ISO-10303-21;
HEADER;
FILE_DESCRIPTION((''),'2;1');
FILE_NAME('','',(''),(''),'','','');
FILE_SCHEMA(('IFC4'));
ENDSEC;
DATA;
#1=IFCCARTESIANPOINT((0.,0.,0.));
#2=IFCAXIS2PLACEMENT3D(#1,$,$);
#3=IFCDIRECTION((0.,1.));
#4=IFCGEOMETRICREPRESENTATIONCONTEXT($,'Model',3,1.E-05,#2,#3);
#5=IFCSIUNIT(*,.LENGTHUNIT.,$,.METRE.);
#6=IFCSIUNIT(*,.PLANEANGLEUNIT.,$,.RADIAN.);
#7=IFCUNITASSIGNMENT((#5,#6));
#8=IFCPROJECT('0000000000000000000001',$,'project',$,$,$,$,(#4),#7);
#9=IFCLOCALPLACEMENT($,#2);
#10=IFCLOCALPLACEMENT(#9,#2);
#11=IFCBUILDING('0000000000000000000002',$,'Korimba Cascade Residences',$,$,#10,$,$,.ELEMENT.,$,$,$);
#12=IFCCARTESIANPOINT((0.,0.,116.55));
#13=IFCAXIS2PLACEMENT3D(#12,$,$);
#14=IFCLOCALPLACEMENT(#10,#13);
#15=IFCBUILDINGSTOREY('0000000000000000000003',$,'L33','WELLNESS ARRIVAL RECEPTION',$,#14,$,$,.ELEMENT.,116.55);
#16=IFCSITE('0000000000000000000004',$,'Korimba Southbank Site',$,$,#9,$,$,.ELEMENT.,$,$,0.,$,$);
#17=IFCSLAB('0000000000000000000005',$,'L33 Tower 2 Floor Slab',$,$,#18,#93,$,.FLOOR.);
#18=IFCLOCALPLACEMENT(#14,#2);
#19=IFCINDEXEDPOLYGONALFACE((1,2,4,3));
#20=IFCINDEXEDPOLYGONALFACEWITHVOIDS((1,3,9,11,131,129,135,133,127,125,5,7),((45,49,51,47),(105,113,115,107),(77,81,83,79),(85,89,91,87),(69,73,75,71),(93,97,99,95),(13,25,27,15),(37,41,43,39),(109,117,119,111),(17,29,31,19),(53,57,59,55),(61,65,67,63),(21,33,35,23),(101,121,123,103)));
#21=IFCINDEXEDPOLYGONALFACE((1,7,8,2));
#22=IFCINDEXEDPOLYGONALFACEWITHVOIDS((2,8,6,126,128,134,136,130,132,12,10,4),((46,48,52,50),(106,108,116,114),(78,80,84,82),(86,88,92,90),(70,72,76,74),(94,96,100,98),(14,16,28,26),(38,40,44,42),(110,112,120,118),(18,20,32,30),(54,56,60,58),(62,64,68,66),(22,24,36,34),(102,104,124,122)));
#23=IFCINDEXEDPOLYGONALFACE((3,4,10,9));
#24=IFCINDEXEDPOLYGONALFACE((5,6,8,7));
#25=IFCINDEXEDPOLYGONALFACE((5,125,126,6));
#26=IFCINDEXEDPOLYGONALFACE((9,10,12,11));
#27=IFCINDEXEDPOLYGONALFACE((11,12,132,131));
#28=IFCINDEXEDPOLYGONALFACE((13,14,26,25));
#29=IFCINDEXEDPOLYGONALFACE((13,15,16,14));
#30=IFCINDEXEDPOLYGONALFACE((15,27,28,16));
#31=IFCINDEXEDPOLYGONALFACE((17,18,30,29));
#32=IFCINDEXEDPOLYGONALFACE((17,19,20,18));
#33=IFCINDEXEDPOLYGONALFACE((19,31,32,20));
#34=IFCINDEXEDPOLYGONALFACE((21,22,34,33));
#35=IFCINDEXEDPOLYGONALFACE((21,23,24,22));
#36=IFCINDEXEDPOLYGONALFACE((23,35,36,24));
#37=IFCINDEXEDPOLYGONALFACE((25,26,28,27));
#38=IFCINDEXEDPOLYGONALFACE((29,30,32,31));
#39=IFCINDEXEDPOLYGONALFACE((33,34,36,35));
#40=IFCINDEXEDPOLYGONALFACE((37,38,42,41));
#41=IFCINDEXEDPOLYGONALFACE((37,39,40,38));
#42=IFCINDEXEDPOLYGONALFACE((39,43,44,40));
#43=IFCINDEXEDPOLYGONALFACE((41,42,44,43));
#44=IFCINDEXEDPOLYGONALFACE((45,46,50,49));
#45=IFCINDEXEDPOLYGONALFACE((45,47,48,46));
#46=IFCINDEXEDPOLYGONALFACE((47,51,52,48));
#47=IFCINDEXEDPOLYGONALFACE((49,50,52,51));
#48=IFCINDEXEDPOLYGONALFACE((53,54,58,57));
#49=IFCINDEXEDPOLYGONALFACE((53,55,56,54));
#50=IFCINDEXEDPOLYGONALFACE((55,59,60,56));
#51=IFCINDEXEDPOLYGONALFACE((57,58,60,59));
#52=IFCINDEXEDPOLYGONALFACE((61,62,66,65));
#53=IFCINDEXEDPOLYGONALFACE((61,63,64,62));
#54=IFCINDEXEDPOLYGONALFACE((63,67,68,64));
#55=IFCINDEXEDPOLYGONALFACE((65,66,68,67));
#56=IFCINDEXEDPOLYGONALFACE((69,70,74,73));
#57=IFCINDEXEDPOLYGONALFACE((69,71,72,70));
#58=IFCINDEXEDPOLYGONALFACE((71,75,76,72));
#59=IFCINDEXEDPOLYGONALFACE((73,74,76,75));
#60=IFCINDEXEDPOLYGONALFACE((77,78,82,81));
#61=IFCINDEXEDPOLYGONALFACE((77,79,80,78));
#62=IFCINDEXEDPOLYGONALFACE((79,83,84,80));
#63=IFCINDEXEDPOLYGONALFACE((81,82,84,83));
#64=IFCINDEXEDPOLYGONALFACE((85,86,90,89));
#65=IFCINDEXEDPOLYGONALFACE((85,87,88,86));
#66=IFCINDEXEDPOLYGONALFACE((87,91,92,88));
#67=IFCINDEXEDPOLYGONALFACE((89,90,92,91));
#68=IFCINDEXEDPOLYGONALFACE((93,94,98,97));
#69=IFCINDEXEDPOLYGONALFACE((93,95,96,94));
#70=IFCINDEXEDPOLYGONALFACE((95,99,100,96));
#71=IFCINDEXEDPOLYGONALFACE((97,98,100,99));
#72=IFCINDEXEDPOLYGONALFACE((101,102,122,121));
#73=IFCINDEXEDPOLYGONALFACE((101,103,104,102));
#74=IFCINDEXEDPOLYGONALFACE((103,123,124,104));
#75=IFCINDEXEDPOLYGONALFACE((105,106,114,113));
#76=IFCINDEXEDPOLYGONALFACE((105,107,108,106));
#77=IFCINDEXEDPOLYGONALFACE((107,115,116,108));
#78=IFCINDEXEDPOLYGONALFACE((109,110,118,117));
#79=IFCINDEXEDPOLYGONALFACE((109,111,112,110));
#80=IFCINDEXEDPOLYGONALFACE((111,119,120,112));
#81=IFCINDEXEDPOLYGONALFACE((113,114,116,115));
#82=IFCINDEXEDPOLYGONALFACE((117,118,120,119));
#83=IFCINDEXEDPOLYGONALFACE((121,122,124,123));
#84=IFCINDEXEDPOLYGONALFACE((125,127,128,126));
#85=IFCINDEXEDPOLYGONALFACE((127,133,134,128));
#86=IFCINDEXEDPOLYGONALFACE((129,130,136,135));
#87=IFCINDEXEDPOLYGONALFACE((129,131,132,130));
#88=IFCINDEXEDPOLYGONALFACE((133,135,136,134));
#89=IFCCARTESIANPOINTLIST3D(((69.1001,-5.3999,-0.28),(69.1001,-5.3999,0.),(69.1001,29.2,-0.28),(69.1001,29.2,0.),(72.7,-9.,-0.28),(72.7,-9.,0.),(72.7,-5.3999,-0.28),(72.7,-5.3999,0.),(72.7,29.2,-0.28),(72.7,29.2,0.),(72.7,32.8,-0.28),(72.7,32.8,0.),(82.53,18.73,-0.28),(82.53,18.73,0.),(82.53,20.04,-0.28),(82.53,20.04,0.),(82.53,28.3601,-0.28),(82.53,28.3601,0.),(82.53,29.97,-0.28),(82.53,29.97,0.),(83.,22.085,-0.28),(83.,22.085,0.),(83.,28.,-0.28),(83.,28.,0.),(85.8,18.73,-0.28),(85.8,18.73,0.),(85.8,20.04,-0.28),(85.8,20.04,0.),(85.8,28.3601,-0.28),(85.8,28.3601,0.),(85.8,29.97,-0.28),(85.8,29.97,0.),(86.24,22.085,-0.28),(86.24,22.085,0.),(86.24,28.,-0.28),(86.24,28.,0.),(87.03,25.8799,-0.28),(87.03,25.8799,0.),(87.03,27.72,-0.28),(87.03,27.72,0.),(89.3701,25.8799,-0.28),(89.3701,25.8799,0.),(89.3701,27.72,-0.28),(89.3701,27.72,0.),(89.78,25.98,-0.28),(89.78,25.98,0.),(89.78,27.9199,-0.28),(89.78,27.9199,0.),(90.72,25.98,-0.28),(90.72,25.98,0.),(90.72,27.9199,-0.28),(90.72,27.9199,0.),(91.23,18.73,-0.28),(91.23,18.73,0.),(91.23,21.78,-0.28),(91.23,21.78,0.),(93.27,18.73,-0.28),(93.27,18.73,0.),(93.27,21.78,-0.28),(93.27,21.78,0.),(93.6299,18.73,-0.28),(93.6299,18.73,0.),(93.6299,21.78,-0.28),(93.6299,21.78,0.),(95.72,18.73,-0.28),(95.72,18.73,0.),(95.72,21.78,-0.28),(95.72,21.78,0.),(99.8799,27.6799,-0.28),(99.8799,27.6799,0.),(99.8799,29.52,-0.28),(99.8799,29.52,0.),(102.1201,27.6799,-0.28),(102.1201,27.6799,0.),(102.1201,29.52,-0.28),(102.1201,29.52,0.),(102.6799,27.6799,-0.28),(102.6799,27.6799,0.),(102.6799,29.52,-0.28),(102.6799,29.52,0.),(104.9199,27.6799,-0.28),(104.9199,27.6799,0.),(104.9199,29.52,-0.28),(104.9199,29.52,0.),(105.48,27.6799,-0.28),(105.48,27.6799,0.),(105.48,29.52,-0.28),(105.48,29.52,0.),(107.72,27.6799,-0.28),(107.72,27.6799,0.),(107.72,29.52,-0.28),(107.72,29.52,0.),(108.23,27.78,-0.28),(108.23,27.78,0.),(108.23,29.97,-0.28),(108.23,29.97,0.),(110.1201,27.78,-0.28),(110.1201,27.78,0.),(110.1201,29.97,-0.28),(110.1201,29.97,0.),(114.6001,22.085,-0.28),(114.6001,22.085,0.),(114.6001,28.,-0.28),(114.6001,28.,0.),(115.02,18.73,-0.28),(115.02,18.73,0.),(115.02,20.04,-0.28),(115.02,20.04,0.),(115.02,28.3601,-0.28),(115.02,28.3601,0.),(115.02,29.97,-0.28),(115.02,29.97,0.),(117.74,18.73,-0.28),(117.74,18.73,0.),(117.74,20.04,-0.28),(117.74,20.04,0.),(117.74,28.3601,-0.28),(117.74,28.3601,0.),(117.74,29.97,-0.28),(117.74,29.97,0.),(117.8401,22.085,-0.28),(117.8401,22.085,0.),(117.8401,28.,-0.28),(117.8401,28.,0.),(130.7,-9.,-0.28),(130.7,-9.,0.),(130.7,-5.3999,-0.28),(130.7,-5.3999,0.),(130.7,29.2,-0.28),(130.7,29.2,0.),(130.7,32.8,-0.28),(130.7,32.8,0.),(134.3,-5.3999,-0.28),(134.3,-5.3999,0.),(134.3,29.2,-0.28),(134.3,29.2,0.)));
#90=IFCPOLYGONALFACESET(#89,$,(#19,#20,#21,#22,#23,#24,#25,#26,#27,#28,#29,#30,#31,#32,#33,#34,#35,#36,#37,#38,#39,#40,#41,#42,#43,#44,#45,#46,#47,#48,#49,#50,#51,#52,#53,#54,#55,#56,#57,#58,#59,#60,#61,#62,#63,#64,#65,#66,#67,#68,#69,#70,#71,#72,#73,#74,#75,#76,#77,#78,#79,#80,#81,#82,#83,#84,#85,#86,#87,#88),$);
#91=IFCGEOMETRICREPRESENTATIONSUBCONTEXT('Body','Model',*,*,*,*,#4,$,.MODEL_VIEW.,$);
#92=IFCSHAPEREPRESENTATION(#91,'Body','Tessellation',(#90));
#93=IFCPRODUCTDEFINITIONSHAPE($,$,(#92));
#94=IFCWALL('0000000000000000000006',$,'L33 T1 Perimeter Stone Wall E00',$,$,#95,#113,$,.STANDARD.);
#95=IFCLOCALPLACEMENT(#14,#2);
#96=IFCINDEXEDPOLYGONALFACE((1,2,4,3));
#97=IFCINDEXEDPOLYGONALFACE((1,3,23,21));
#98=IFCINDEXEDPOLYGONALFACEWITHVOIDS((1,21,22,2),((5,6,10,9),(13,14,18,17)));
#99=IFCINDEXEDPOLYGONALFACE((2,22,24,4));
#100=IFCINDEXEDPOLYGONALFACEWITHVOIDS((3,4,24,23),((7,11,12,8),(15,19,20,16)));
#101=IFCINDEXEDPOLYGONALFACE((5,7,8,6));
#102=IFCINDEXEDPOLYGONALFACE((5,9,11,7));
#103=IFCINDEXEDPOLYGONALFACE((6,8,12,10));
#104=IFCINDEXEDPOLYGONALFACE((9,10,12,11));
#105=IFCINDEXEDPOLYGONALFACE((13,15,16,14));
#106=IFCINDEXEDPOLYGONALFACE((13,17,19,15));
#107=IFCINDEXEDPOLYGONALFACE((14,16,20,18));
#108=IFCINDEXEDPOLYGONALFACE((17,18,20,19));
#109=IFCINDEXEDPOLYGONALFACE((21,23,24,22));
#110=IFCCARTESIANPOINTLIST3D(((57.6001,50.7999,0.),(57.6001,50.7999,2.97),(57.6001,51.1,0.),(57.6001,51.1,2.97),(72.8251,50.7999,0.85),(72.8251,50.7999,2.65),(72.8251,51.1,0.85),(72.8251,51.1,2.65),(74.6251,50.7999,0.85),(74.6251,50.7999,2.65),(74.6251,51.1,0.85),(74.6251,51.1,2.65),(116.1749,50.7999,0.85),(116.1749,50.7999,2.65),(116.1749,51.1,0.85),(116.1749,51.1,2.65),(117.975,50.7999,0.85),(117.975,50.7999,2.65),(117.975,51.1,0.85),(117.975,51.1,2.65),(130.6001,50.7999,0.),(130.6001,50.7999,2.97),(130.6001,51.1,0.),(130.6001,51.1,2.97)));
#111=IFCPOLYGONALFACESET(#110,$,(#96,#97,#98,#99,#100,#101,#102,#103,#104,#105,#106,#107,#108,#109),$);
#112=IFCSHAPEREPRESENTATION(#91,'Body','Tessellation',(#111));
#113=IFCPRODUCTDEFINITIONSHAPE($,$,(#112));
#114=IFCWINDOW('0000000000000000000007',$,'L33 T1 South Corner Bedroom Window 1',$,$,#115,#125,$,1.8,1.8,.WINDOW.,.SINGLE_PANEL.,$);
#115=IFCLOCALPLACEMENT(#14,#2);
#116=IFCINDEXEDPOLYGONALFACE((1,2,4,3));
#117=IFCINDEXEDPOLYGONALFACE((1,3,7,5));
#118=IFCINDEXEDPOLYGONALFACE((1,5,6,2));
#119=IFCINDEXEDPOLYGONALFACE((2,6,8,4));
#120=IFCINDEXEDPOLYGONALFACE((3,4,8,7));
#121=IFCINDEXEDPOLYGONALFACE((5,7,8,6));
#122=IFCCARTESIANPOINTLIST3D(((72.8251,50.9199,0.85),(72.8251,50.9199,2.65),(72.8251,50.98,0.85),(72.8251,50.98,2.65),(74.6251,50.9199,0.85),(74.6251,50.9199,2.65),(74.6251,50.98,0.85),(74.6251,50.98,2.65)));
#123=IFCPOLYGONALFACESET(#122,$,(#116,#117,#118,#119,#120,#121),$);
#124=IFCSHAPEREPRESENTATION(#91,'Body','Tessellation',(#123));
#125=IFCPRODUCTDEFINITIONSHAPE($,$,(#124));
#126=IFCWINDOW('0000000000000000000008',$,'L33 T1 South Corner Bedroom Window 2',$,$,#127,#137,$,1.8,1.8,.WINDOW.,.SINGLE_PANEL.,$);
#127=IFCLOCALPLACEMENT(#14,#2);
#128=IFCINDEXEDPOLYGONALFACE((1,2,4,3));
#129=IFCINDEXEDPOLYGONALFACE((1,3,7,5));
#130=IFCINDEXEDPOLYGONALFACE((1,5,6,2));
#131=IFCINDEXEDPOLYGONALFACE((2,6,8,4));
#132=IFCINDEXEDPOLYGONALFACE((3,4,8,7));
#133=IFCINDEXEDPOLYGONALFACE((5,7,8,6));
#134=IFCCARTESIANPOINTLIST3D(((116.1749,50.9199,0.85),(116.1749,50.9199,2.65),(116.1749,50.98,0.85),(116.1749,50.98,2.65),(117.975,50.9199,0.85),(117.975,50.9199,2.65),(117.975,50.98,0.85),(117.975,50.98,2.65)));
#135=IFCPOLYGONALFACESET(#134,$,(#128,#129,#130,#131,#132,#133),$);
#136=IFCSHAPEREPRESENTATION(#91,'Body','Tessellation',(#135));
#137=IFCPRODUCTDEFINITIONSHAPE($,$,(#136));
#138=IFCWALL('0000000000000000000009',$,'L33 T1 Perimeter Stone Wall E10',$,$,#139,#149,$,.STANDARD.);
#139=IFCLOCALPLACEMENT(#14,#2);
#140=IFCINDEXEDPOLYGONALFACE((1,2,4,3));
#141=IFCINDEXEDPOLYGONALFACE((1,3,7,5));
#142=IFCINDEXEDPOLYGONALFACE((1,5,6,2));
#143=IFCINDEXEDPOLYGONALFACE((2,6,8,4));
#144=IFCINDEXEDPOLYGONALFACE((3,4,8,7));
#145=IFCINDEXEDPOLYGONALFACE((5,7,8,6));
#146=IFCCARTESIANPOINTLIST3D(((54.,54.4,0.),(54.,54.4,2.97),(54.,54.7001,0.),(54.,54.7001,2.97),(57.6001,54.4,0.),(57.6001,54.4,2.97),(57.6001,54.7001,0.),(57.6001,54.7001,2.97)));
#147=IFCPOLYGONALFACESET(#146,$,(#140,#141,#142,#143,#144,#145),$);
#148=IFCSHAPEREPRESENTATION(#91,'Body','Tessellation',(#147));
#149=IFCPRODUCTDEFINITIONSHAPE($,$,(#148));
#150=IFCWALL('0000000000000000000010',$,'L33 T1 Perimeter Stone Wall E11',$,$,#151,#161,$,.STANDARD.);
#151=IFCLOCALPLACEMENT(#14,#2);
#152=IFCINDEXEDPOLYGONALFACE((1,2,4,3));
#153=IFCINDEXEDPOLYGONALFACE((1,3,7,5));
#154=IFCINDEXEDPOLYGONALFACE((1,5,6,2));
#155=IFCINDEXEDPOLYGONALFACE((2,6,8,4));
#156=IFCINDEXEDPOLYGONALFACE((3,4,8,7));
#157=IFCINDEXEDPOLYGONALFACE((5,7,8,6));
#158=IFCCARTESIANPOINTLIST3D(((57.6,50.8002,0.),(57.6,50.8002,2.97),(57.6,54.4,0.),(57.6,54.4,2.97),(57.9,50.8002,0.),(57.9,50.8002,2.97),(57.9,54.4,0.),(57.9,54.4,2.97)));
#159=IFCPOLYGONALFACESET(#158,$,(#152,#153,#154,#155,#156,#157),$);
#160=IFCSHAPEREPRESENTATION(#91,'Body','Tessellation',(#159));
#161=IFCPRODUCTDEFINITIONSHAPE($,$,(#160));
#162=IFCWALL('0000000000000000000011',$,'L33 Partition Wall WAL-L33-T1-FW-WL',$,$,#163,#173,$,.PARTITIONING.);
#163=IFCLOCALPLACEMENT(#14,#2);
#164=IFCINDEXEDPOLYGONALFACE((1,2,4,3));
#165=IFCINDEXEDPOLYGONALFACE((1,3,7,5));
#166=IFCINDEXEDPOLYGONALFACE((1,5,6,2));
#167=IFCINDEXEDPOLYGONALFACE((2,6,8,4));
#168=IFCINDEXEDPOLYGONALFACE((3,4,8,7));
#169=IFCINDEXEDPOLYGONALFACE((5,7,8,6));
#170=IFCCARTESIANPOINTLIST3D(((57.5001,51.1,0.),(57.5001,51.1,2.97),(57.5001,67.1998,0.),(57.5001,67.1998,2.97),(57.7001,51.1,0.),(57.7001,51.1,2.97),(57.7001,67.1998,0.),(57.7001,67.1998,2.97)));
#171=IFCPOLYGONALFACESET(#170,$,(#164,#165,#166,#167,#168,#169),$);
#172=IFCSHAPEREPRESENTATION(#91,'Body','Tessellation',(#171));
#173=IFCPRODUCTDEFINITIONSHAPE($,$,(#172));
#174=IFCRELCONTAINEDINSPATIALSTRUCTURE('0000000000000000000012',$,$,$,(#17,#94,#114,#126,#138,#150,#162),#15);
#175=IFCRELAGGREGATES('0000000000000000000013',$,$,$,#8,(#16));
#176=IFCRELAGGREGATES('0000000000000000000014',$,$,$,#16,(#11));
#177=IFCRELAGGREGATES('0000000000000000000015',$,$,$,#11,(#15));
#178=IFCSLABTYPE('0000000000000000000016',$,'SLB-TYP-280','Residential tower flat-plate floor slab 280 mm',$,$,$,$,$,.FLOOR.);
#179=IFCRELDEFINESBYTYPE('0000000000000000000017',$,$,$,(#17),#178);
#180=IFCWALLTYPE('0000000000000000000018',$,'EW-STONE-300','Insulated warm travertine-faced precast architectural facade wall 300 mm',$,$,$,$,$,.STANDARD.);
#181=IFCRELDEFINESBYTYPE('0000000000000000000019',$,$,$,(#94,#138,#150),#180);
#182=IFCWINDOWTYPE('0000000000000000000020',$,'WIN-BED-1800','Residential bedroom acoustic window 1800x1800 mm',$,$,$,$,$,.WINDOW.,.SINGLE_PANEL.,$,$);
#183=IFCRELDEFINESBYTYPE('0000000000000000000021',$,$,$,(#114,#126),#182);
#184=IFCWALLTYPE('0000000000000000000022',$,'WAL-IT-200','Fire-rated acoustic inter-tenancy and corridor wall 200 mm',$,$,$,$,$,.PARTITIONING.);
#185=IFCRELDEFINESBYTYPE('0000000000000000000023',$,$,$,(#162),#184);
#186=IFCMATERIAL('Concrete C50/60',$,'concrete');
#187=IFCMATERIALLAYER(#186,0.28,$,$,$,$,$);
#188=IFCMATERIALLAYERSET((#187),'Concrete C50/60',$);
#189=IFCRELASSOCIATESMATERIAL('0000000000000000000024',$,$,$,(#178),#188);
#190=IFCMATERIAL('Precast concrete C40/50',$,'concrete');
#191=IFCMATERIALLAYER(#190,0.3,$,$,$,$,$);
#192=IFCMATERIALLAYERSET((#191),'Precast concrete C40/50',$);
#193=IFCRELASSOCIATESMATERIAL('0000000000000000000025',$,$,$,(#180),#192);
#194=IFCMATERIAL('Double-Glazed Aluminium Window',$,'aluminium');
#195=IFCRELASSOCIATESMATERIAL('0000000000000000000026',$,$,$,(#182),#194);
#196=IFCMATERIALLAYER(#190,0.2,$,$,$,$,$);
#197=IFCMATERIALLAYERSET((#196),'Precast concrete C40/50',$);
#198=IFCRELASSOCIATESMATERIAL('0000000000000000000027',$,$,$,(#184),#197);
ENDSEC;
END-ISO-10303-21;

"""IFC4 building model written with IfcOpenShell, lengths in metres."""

from ifc_helpers import new_model, si_unit, direction, frame, frame_2d, origin, place, context, subcontext, project, spatial, polyline, rectangle, outline, extrude, material, layer, layer_set, type_object, element, fill, save


model = new_model("IFC4")

# Units and contexts
model_context = context("Model", 3, precision=1e-05, world=origin(), true_north=direction((0.0, 1.0)))
body_context = subcontext(model_context, "Body", "Model", "MODEL_VIEW")
ifc_project = project(units=[si_unit("LENGTHUNIT", "METRE"), si_unit("PLANEANGLEUNIT", "RADIAN")], contexts=[model_context])

# Site, building, storey
site_placement = place(None, origin())
site = spatial("IfcSite", under=ifc_project, at=site_placement, Name="Korimba Southbank Site", CompositionType="ELEMENT", RefElevation=0.0)
building_placement = place(site_placement, origin())
building = spatial("IfcBuilding", under=site, at=building_placement, Name="Korimba Cascade Residences", CompositionType="ELEMENT")
storey_placement = place(building_placement, frame((0.0, 0.0, 116.55)))
storey = spatial("IfcBuildingStorey", under=building, at=storey_placement, Name="L33", Description="WELLNESS ARRIVAL RECEPTION", CompositionType="ELEMENT", Elevation=116.55)

# Shared definitions
ifc_material_1 = material(Name="Concrete C50/60", Category="concrete")

# Slab
ifc_material_2 = material(Name="Precast concrete C40/50", Category="concrete")
ifc_layer_1 = layer(ifc_material_1, 0.28)
ifc_layer_set_1 = layer_set([ifc_layer_1], Name="Concrete C50/60")
slab_type_1 = type_object("IfcSlabType", Name="SLB-TYP-280", Description="Residential tower flat-plate floor slab 280 mm", PredefinedType="FLOOR", material=ifc_layer_set_1)
slab_1_placement = place(storey_placement, frame((0.0, 0.0, -0.28)))
element("IfcSlab", 1, at=slab_1_placement, inside=storey, type_object=slab_type_1, Name="L33 Tower 2 Floor Slab", PredefinedType="FLOOR", context=body_context, shape_type="SweptSolid", body=[
    extrude(outline(polyline([(72.7, -9.0), (130.7, -9.0), (130.7, -5.3999), (134.3, -5.3999), (134.3, 29.2), (130.7, 29.2), (130.7, 32.8), (72.7, 32.8), (72.7, 29.2), (69.1001, 29.2), (69.1001, -5.3999), (72.7, -5.3999), (72.7, -9.0)]), holes=[polyline([(86.24, 22.085), (86.24, 28.0), (83.0, 28.0), (83.0, 22.085), (86.24, 22.085)]), polyline([(117.8401, 22.085), (117.8401, 28.0), (114.6001, 28.0), (114.6001, 22.085), (117.8401, 22.085)]), polyline([(87.03, 25.8799), (89.3701, 25.8799), (89.3701, 27.72), (87.03, 27.72), (87.03, 25.8799)]), polyline([(99.8799, 27.6799), (102.1201, 27.6799), (102.1201, 29.52), (99.8799, 29.52), (99.8799, 27.6799)]), polyline([(102.6799, 27.6799), (104.9199, 27.6799), (104.9199, 29.52), (102.6799, 29.52), (102.6799, 27.6799)]), polyline([(105.48, 27.6799), (107.72, 27.6799), (107.72, 29.52), (105.48, 29.52), (105.48, 27.6799)]), polyline([(89.78, 25.98), (90.72, 25.98), (90.72, 27.9199), (89.78, 27.9199), (89.78, 25.98)]), polyline([(82.53, 18.73), (85.8, 18.73), (85.8, 20.04), (82.53, 20.04), (82.53, 18.73)]), polyline([(82.53, 28.3601), (85.8, 28.3601), (85.8, 29.97), (82.53, 29.97), (82.53, 28.3601)]), polyline([(108.23, 27.78), (110.1201, 27.78), (110.1201, 29.97), (108.23, 29.97), (108.23, 27.78)]), polyline([(91.23, 18.73), (93.27, 18.73), (93.27, 21.78), (91.23, 21.78), (91.23, 18.73)]), polyline([(93.6299, 18.73), (95.72, 18.73), (95.72, 21.78), (93.6299, 21.78), (93.6299, 18.73)]), polyline([(115.02, 18.73), (117.74, 18.73), (117.74, 20.04), (115.02, 20.04), (115.02, 18.73)]), polyline([(115.02, 28.3601), (117.74, 28.3601), (117.74, 29.97), (115.02, 29.97), (115.02, 28.3601)])]), origin(), (0.0, 0.0, 1.0), 0.28),
])

# Wall, openings, windows
ifc_layer_2 = layer(ifc_material_2, 0.3)
ifc_layer_set_2 = layer_set([ifc_layer_2], Name="Precast concrete C40/50")
wall_type_1 = type_object("IfcWallType", Name="EW-STONE-300", Description="Insulated warm travertine-faced precast architectural facade wall 300 mm", PredefinedType="STANDARD", material=ifc_layer_set_2)
wall_1_placement = place(storey_placement, frame((57.6001, 50.95, 0.0), z_axis=(0.0, 0.0, 1.0), x_axis=(1.0, 0.0, 0.0)))
wall_1 = element("IfcWall", 2, at=wall_1_placement, inside=storey, type_object=wall_type_1, Name="L33 T1 Perimeter Stone Wall E00", PredefinedType="STANDARD", context=body_context, shape_type="SweptSolid", body=[
    extrude(rectangle(XDim=73.0, YDim=0.3, at=frame_2d((36.5, 0.0))), origin(), (0.0, 0.0, 1.0), 2.97),
])
opening_1_placement = place(wall_1_placement, frame((15.2251, 0.0, 0.8501)))
opening_1 = element("IfcOpeningElement", 3, at=opening_1_placement, cuts=wall_1, PredefinedType="OPENING", context=body_context, shape_type="SweptSolid", body=[
    extrude(rectangle(XDim=1.8, YDim=1.8, at=frame_2d((0.8999, 0.8999))), frame((0.0, 0.1602, 0.0), z_axis=(0.0, -1.0, 0.0), x_axis=(1.0, 0.0, 0.0)), (0.0, 0.0, 1.0), 0.3201),
])
opening_2_placement = place(wall_1_placement, frame((58.575, 0.0, 0.8501)))
opening_2 = element("IfcOpeningElement", 4, at=opening_2_placement, cuts=wall_1, PredefinedType="OPENING", context=body_context, shape_type="SweptSolid", body=[
    extrude(rectangle(XDim=1.8, YDim=1.8, at=frame_2d((0.8999, 0.8999))), frame((0.0, 0.1602, 0.0), z_axis=(0.0, -1.0, 0.0), x_axis=(1.0, 0.0, 0.0)), (0.0, 0.0, 1.0), 0.3201),
])
ifc_material_3 = material(Name="Double-Glazed Aluminium Window", Category="aluminium")
window_type = type_object("IfcWindowType", Name="WIN-BED-1800", Description="Residential bedroom acoustic window 1800x1800 mm", PartitioningType="SINGLE_PANEL", PredefinedType="WINDOW", material=ifc_material_3)
window_1_placement = place(opening_1_placement, origin())
window_1 = element("IfcWindow", 5, at=window_1_placement, inside=storey, type_object=window_type, Name="L33 T1 South Corner Bedroom Window 1", OverallHeight=1.8, OverallWidth=1.8, PartitioningType="SINGLE_PANEL", PredefinedType="WINDOW", context=body_context, shape_type="SweptSolid", body=[
    extrude(rectangle(XDim=1.8, YDim=1.8, at=frame_2d((0.8999, 0.8999))), frame((0.0, 0.03, 0.0), z_axis=(0.0, -1.0, 0.0), x_axis=(1.0, 0.0, 0.0)), (0.0, 0.0, 1.0), 0.0601),
])
fill(opening_1, window_1)
window_2_placement = place(opening_2_placement, origin())
window_2 = element("IfcWindow", 6, at=window_2_placement, inside=storey, type_object=window_type, Name="L33 T1 South Corner Bedroom Window 2", OverallHeight=1.8, OverallWidth=1.8, PartitioningType="SINGLE_PANEL", PredefinedType="WINDOW", context=body_context, shape_type="SweptSolid", body=[
    extrude(rectangle(XDim=1.8, YDim=1.8, at=frame_2d((0.8999, 0.8999))), frame((0.0, 0.03, 0.0), z_axis=(0.0, -1.0, 0.0), x_axis=(1.0, 0.0, 0.0)), (0.0, 0.0, 1.0), 0.0601),
])
fill(opening_2, window_2)

# Walls
wall_2_placement = place(storey_placement, frame((54.0, 54.55, 0.0), z_axis=(0.0, 0.0, 1.0), x_axis=(1.0, 0.0, 0.0)))
element("IfcWall", 7, at=wall_2_placement, inside=storey, type_object=wall_type_1, Name="L33 T1 Perimeter Stone Wall E10", PredefinedType="STANDARD", context=body_context, shape_type="SweptSolid", body=[
    extrude(rectangle(XDim=3.6001, YDim=0.3, at=frame_2d((1.8, 0.0))), origin(), (0.0, 0.0, 1.0), 2.97),
])
wall_3_placement = place(storey_placement, frame((57.75, 54.3999, 0.0), z_axis=(0.0, 0.0, 1.0), x_axis=(0.0, -1.0, 0.0)))
element("IfcWall", 8, at=wall_3_placement, inside=storey, type_object=wall_type_1, Name="L33 T1 Perimeter Stone Wall E11", PredefinedType="STANDARD", context=body_context, shape_type="SweptSolid", body=[
    extrude(rectangle(XDim=3.5999, YDim=0.3, at=frame_2d((1.7998, 0.0))), origin(), (0.0, 0.0, 1.0), 2.97),
])
ifc_layer_3 = layer(ifc_material_2, 0.2)
ifc_layer_set_3 = layer_set([ifc_layer_3], Name="Precast concrete C40/50")
wall_type_2 = type_object("IfcWallType", Name="WAL-IT-200", Description="Fire-rated acoustic inter-tenancy and corridor wall 200 mm", PredefinedType="PARTITIONING", material=ifc_layer_set_3)
wall_4_placement = place(storey_placement, frame((57.6001, 51.1001, 0.0), z_axis=(0.0, 0.0, 1.0), x_axis=(0.0, 1.0, 0.0)))
element("IfcWall", 9, at=wall_4_placement, inside=storey, type_object=wall_type_2, Name="L33 Partition Wall WAL-L33-T1-FW-WL", PredefinedType="PARTITIONING", context=body_context, shape_type="SweptSolid", body=[
    extrude(rectangle(XDim=16.0999, YDim=0.2, at=frame_2d((8.0498, 0.0))), origin(), (0.0, 0.0, 1.0), 2.97),
])

save(model, "model.ifc")
